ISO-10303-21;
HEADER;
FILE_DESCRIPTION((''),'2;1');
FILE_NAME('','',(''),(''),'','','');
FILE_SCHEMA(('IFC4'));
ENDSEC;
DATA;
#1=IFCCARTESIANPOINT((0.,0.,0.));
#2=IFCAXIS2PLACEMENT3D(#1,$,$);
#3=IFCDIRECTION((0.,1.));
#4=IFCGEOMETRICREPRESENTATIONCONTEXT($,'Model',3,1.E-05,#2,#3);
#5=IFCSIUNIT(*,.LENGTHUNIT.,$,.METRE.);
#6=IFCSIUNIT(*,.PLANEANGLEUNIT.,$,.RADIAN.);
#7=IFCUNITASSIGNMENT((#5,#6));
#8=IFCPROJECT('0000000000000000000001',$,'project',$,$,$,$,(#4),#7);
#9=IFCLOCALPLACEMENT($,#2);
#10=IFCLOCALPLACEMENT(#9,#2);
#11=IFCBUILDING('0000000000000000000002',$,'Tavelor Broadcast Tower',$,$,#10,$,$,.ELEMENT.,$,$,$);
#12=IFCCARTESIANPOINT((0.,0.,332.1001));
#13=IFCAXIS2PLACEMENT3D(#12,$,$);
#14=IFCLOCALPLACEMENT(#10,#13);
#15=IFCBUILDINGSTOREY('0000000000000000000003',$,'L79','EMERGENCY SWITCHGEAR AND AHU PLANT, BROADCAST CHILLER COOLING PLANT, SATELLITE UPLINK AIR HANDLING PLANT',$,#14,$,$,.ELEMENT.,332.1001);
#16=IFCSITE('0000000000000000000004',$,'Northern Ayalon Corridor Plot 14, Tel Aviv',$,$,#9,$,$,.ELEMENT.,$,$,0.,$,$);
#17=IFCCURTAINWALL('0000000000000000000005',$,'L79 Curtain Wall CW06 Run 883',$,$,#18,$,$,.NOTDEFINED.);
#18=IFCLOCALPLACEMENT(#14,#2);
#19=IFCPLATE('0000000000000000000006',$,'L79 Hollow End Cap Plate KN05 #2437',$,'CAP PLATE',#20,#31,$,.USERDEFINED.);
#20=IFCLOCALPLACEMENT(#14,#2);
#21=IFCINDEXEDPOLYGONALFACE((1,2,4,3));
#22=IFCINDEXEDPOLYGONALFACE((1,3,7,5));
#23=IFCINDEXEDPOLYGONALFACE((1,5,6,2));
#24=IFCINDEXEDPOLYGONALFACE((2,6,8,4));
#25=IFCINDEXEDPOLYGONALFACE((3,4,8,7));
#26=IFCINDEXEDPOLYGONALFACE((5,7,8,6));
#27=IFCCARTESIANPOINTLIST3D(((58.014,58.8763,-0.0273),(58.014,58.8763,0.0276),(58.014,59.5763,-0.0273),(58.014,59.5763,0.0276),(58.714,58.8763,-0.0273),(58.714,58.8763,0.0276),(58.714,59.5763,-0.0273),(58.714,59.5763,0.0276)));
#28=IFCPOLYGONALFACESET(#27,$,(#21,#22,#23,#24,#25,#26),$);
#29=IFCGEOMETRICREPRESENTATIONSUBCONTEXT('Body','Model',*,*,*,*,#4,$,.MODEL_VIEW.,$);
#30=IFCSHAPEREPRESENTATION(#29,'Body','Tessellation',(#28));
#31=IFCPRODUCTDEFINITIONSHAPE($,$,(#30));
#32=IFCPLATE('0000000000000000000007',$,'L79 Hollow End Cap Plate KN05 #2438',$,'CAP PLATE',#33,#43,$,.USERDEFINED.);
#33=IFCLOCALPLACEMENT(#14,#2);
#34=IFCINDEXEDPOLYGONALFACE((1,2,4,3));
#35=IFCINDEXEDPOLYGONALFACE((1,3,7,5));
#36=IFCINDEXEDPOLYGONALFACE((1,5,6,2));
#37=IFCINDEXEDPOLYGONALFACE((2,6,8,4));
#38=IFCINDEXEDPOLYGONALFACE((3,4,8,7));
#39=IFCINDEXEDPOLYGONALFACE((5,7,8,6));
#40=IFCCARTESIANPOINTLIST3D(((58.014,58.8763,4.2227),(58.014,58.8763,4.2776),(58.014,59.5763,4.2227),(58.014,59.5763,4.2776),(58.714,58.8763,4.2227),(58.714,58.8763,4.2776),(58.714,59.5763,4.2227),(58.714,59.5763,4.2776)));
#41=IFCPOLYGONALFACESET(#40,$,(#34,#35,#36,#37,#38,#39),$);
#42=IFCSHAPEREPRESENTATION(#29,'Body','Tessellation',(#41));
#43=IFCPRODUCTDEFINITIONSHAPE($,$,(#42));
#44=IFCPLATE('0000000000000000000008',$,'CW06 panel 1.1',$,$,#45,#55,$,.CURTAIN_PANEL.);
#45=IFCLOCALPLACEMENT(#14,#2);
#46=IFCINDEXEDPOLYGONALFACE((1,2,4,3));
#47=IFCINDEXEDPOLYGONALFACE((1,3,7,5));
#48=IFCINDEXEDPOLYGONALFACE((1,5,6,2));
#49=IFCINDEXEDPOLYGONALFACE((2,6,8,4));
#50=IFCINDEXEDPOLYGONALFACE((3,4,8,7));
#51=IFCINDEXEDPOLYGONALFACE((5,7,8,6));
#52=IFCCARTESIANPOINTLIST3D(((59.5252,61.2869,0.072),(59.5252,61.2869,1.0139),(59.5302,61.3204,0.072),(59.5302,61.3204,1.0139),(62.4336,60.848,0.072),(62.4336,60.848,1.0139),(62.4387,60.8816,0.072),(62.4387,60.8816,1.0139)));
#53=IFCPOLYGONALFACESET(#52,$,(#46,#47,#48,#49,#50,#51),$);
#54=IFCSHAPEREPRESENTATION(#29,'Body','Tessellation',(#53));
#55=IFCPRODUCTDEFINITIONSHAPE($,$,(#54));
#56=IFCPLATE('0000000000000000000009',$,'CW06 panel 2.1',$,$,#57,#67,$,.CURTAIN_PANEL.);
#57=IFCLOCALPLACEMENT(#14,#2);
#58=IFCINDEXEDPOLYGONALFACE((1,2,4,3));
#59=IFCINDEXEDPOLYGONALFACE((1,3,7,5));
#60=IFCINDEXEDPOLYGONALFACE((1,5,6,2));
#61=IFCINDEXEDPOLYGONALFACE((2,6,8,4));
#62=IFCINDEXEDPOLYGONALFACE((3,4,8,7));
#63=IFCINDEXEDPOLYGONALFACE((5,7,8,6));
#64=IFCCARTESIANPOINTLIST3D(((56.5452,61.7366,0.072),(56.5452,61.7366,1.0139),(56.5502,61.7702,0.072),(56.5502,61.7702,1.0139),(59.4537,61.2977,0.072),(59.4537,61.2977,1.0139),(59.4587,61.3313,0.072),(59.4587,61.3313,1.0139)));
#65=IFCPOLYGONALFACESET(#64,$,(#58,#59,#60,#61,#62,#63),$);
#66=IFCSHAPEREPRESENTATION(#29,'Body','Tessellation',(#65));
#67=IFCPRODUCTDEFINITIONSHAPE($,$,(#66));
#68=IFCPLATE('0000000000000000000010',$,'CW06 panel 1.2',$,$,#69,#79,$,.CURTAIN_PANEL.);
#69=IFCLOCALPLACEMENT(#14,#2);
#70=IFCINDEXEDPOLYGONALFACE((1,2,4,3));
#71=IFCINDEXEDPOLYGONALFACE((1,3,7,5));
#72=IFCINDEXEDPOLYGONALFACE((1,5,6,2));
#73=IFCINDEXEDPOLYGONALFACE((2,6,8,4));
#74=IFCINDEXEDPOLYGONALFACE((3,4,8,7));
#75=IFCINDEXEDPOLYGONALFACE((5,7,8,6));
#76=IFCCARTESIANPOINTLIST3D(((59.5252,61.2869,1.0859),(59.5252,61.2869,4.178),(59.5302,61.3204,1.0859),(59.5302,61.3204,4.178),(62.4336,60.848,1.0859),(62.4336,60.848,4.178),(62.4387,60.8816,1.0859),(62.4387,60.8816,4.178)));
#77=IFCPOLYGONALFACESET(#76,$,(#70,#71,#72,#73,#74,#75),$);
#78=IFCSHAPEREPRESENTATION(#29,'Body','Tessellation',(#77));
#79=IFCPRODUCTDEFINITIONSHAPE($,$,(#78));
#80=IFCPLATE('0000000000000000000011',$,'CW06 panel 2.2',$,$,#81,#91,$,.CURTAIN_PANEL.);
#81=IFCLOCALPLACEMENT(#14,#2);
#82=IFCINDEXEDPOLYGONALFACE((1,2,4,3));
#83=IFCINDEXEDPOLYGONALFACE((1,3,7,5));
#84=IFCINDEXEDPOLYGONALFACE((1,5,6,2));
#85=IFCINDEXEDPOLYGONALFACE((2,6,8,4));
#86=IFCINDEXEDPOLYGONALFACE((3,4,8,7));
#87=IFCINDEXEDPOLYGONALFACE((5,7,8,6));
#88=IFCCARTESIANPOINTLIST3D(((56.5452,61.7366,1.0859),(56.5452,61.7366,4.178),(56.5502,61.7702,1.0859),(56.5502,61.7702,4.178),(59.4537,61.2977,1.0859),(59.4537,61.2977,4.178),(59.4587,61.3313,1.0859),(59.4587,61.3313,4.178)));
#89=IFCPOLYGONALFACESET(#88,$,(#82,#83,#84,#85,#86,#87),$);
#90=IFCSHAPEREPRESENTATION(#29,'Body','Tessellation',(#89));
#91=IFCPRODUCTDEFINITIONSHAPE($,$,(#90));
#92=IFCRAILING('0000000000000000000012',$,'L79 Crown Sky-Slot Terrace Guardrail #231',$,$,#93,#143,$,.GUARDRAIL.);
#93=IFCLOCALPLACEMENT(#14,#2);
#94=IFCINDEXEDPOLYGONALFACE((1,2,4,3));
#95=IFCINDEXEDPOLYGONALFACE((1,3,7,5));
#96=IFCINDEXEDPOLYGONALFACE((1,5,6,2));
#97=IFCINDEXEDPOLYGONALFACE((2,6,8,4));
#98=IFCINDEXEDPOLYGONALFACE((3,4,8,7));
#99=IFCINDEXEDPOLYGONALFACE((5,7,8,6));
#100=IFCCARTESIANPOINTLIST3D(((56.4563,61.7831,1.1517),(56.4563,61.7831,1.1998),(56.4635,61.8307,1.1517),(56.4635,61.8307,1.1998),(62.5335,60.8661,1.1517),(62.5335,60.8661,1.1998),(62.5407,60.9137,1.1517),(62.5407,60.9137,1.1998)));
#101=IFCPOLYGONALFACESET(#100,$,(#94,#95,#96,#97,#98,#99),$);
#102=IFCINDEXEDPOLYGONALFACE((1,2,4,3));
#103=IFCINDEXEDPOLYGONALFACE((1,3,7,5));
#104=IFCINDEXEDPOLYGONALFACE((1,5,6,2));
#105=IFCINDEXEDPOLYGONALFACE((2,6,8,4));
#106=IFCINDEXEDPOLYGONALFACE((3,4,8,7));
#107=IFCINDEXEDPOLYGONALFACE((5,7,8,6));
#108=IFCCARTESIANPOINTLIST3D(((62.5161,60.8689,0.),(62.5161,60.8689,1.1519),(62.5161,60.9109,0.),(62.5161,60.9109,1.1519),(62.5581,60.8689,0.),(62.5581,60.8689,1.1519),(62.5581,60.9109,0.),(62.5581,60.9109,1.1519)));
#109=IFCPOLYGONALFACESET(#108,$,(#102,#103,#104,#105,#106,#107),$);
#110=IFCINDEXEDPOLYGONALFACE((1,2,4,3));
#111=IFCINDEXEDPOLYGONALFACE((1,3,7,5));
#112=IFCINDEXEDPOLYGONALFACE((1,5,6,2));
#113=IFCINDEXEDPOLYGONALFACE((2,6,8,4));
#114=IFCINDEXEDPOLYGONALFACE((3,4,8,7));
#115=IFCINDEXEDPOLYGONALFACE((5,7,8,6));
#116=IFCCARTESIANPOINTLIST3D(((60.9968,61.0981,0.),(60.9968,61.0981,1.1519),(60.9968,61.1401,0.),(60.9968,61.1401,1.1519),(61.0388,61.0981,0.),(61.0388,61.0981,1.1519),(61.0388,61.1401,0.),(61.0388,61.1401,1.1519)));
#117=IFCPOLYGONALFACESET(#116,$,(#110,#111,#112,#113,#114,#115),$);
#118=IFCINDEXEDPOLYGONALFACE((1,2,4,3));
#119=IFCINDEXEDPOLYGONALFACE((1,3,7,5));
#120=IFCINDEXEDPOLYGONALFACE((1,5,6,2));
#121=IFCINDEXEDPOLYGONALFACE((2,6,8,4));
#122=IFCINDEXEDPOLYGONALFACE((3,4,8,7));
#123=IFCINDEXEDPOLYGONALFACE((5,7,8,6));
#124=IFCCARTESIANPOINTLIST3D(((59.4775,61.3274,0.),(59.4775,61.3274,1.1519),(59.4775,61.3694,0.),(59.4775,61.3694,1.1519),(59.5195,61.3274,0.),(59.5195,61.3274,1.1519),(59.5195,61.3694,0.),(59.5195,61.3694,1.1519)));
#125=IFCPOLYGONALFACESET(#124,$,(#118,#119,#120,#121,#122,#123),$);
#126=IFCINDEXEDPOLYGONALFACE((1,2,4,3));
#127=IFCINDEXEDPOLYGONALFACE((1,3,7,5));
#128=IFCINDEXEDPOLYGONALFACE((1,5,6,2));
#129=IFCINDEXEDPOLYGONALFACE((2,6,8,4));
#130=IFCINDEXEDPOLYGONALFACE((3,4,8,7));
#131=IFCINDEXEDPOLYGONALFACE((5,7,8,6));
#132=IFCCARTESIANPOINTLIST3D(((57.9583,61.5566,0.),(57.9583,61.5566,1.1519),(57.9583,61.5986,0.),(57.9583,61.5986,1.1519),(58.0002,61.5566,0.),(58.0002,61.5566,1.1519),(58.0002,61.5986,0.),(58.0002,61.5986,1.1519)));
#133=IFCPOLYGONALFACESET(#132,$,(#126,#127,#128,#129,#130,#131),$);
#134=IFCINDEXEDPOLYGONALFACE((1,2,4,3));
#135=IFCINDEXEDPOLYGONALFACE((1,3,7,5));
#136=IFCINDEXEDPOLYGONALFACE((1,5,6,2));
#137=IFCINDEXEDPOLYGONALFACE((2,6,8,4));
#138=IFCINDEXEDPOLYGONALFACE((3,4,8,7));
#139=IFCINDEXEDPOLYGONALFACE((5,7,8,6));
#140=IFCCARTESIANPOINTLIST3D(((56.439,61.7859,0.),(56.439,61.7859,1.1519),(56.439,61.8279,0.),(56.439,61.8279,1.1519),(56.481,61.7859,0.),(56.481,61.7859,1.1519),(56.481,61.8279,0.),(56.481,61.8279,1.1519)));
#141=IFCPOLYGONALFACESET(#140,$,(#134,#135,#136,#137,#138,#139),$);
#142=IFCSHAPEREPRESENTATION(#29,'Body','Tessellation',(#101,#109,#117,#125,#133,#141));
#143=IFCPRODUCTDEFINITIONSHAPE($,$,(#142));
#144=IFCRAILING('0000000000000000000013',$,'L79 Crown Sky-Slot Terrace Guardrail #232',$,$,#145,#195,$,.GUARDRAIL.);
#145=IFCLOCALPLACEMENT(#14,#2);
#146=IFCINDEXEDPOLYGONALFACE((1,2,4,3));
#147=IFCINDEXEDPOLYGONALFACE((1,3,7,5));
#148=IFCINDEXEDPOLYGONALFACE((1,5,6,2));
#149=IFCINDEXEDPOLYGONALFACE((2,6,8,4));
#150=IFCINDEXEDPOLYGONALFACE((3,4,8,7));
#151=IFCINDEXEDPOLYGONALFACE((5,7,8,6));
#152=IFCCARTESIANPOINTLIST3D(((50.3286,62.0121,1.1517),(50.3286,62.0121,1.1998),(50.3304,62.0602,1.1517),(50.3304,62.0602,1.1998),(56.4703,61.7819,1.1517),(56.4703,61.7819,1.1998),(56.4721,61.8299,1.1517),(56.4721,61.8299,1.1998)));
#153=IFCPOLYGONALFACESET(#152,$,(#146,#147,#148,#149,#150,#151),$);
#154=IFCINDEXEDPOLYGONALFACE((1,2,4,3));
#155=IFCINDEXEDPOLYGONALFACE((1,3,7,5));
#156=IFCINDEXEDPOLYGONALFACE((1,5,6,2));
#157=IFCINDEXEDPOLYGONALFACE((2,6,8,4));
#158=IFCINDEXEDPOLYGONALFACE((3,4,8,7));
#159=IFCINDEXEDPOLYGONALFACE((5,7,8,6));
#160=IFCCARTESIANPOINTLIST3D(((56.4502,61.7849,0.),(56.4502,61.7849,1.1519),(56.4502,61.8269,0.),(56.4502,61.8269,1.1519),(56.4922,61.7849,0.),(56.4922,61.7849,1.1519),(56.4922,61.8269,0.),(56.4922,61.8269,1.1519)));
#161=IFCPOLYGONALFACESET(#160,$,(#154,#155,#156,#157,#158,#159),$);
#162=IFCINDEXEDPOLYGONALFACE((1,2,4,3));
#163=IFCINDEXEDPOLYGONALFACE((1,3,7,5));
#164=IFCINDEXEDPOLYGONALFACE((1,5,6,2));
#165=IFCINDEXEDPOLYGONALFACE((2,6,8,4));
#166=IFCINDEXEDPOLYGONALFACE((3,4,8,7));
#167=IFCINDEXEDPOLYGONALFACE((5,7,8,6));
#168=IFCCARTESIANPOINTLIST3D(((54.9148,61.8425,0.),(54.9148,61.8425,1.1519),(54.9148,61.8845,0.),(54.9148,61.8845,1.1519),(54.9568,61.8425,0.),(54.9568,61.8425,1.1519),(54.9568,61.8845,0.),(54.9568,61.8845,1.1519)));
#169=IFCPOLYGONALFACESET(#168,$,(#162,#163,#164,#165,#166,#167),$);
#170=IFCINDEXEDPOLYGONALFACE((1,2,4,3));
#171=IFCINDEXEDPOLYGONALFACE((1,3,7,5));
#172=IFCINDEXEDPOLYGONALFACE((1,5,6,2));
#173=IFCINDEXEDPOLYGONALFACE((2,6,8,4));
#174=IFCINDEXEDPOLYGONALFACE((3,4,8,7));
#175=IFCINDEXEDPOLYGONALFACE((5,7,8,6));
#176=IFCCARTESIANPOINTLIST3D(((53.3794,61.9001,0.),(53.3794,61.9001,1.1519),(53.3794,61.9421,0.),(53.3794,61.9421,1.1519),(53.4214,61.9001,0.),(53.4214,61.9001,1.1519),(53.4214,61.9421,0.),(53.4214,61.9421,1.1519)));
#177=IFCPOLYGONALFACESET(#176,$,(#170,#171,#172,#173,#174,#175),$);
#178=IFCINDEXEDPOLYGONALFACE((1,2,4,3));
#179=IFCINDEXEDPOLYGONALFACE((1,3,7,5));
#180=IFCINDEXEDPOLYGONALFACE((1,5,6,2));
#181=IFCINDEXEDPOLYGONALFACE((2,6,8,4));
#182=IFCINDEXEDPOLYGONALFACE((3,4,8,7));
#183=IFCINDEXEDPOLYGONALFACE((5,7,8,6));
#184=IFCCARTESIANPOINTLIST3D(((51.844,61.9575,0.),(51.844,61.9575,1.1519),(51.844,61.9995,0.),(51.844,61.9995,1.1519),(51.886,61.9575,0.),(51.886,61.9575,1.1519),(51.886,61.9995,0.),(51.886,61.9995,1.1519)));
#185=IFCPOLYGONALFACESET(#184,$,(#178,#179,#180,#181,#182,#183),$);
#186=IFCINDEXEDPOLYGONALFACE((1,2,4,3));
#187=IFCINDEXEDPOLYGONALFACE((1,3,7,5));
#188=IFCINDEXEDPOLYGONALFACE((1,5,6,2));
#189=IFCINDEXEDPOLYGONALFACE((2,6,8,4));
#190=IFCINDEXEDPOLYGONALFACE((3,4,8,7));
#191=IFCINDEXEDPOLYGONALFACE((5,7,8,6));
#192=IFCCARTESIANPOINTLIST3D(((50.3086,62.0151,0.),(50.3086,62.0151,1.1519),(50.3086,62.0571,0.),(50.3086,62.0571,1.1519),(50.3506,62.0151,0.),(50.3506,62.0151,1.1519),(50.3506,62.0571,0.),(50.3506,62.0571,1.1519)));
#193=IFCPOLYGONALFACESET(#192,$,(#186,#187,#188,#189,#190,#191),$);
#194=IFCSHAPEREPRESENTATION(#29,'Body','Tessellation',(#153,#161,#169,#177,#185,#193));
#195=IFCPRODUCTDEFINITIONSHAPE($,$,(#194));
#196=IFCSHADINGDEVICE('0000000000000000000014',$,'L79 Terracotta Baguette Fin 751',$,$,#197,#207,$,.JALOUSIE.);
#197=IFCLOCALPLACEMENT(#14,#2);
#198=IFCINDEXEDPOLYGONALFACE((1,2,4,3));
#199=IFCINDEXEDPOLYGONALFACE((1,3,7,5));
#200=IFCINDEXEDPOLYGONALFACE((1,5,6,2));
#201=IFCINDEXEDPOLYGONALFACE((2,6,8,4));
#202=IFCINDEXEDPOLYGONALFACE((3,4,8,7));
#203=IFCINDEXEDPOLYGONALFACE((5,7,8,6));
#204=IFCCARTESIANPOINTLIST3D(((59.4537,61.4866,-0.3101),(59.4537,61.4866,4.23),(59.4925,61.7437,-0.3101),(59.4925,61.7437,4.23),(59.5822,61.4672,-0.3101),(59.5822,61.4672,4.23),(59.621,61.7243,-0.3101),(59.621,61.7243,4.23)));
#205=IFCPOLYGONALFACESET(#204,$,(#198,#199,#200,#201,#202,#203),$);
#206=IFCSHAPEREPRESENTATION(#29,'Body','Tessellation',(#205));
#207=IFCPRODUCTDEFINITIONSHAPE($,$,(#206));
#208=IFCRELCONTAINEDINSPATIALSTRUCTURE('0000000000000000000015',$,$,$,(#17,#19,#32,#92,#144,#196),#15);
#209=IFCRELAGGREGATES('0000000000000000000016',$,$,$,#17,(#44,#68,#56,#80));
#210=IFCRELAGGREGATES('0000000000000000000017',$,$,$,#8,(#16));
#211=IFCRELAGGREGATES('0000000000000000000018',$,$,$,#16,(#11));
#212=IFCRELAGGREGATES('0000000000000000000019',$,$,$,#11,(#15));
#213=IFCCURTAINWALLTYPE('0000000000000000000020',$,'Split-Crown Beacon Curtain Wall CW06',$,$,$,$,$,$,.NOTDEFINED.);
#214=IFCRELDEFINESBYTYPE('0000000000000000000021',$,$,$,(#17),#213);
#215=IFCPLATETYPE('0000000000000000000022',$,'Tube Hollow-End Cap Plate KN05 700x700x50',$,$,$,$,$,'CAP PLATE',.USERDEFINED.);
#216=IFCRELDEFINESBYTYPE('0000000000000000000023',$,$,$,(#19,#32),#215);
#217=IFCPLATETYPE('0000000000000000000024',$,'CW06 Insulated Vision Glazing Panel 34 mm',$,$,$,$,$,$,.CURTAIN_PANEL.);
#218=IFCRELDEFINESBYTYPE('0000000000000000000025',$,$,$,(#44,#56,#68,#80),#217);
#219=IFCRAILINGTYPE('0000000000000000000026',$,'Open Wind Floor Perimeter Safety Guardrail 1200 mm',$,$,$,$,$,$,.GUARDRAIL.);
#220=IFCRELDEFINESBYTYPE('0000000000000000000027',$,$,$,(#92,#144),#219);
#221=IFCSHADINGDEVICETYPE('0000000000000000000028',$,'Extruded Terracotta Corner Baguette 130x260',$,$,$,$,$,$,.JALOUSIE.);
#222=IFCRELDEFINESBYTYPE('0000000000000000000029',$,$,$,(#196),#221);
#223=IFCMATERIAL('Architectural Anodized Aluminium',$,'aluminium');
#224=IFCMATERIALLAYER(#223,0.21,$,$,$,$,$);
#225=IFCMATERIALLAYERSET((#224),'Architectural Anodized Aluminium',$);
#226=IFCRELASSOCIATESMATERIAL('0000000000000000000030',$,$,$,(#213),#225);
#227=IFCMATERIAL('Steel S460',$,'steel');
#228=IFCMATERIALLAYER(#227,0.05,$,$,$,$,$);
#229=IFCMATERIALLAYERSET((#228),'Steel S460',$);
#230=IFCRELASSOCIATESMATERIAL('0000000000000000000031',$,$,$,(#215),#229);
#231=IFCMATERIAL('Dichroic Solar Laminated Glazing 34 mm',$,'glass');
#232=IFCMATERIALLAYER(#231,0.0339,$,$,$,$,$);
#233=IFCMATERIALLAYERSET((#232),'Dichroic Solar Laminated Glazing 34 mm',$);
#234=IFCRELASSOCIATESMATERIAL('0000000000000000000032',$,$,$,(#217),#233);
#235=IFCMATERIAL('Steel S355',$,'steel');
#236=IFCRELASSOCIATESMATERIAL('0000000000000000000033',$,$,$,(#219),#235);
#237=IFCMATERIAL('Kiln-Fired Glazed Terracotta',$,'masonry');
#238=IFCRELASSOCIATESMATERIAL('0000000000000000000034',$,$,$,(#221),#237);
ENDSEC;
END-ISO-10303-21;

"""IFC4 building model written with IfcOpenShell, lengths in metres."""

from ifc_helpers import new_model, si_unit, direction, frame, origin, origin_2d, place, context, subcontext, project, spatial, rectangle, extrude, source, transform, mapped, material, layer, layer_set, type_object, type_shapes, element, aggregate, save


model = new_model("IFC4")

# Units and contexts
model_context = context("Model", 3, precision=1e-05, world=origin(), true_north=direction((0.0, 1.0)))
body_context = subcontext(model_context, "Body", "Model", "MODEL_VIEW")
ifc_project = project(units=[si_unit("LENGTHUNIT", "METRE"), si_unit("PLANEANGLEUNIT", "RADIAN")], contexts=[model_context])

# Site, building, storey
site_placement = place(None, origin())
site = spatial("IfcSite", under=ifc_project, at=site_placement, Name="Northern Ayalon Corridor Plot 14, Tel Aviv", CompositionType="ELEMENT", RefElevation=0.0)
building_placement = place(site_placement, origin())
building = spatial("IfcBuilding", under=site, at=building_placement, Name="Tavelor Broadcast Tower", CompositionType="ELEMENT")
storey_placement = place(building_placement, frame((0.0, 0.0, 332.1001)))
storey = spatial("IfcBuildingStorey", under=building, at=storey_placement, Name="L79", Description="EMERGENCY SWITCHGEAR AND AHU PLANT, BROADCAST CHILLER COOLING PLANT, SATELLITE UPLINK AIR HANDLING PLANT", CompositionType="ELEMENT", Elevation=332.1001)

# Shared definitions
ifc_material_1 = material(Name="Steel S355", Category="steel")

# Curtain wall
ifc_material_2 = material(Name="Architectural Anodized Aluminium", Category="aluminium")
ifc_layer_1 = layer(ifc_material_2, 0.21)
ifc_layer_set_1 = layer_set([ifc_layer_1], Name="Architectural Anodized Aluminium")
curtain_wall_type = type_object("IfcCurtainWallType", Name="Split-Crown Beacon Curtain Wall CW06", PredefinedType="NOTDEFINED", material=ifc_layer_set_1)
curtain_wall_1_placement = place(storey_placement, origin())
curtain_wall_1 = element("IfcCurtainWall", 1, at=curtain_wall_1_placement, inside=storey, type_object=curtain_wall_type, Name="L79 Curtain Wall CW06 Run 883", PredefinedType="NOTDEFINED")

# Plates
ifc_material_3 = material(Name="Steel S460", Category="steel")
ifc_layer_2 = layer(ifc_material_3, 0.05)
ifc_layer_set_2 = layer_set([ifc_layer_2], Name="Steel S460")
plate_type_1 = type_object("IfcPlateType", Name="Tube Hollow-End Cap Plate KN05 700x700x50", ElementType="CAP PLATE", PredefinedType="USERDEFINED", material=ifc_layer_set_2)
shared_shape_1 = source(origin(), body_context, "Body", "SweptSolid", [
    extrude(rectangle(XDim=0.7, YDim=0.7, at=origin_2d()), origin(), (0.0, 0.0, 1.0), 0.0549),
])
type_shapes(plate_type_1, [shared_shape_1])
for number, where, z_axis, x_axis, name in (
    (2, (58.364, 59.2263, -0.0273), (0.0, 0.0, 1.0), (1.0, 0.0, 0.0), "L79 Hollow End Cap Plate KN05 #2437"),
    (3, (58.364, 59.2263, 4.2227), (0.0, 0.0, 1.0), (1.0, 0.0, 0.0), "L79 Hollow End Cap Plate KN05 #2438"),
):
    element("IfcPlate", number, at=place(storey_placement, frame(where, z_axis=z_axis, x_axis=x_axis)), inside=storey, type_object=plate_type_1, Name=name, ObjectType="CAP PLATE", PredefinedType="USERDEFINED", context=body_context, shape_type="MappedRepresentation", body=[
        mapped(shared_shape_1, transform((0.0, 0.0, 0.0), scale=1.0)),
    ])

# Plates
ifc_material_4 = material(Name="Dichroic Solar Laminated Glazing 34 mm", Category="glass")
ifc_layer_3 = layer(ifc_material_4, 0.0339)
ifc_layer_set_3 = layer_set([ifc_layer_3], Name="Dichroic Solar Laminated Glazing 34 mm")
plate_type_2 = type_object("IfcPlateType", Name="CW06 Insulated Vision Glazing Panel 34 mm", PredefinedType="CURTAIN_PANEL", material=ifc_layer_set_3)
shared_shape_2 = source(origin(), body_context, "Body", "SweptSolid", [
    extrude(rectangle(XDim=2.9414, YDim=0.0339, at=origin_2d()), origin(), (0.0, 0.0, 1.0), 0.9419),
])
plate_1_placement = place(storey_placement, frame((60.9819, 61.0842, 0.072), z_axis=(0.0, 0.0, 1.0), x_axis=(-0.988806, 0.149206, 0.0)))
plate_1 = element("IfcPlate", 4, at=plate_1_placement, type_object=plate_type_2, Name="CW06 panel 1.1", PredefinedType="CURTAIN_PANEL", context=body_context, shape_type="MappedRepresentation", body=[
    mapped(shared_shape_2, transform((0.0, 0.0, 0.0), scale=1.0)),
])
plate_2_placement = place(storey_placement, frame((58.002, 61.5339, 0.072), z_axis=(0.0, 0.0, 1.0), x_axis=(-0.988806, 0.149206, 0.0)))
plate_2 = element("IfcPlate", 5, at=plate_2_placement, type_object=plate_type_2, Name="CW06 panel 2.1", PredefinedType="CURTAIN_PANEL", context=body_context, shape_type="MappedRepresentation", body=[
    mapped(shared_shape_2, transform((0.0, 0.0, 0.0), scale=1.0)),
])
shared_shape_3 = source(origin(), body_context, "Body", "SweptSolid", [
    extrude(rectangle(XDim=2.9414, YDim=0.0339, at=origin_2d()), origin(), (0.0, 0.0, 1.0), 3.092),
])
type_shapes(plate_type_2, [shared_shape_2, shared_shape_3])
plate_3_placement = place(storey_placement, frame((60.9819, 61.0842, 1.0859), z_axis=(0.0, 0.0, 1.0), x_axis=(-0.988806, 0.149206, 0.0)))
plate_3 = element("IfcPlate", 6, at=plate_3_placement, type_object=plate_type_2, Name="CW06 panel 1.2", PredefinedType="CURTAIN_PANEL", context=body_context, shape_type="MappedRepresentation", body=[
    mapped(shared_shape_3, transform((0.0, 0.0, 0.0), scale=1.0)),
])
plate_4_placement = place(storey_placement, frame((58.002, 61.5339, 1.0859), z_axis=(0.0, 0.0, 1.0), x_axis=(-0.988806, 0.149206, 0.0)))
plate_4 = element("IfcPlate", 7, at=plate_4_placement, type_object=plate_type_2, Name="CW06 panel 2.2", PredefinedType="CURTAIN_PANEL", context=body_context, shape_type="MappedRepresentation", body=[
    mapped(shared_shape_3, transform((0.0, 0.0, 0.0), scale=1.0)),
])
aggregate(curtain_wall_1, [plate_1, plate_3, plate_2, plate_4])

# Railings
railing_type = type_object("IfcRailingType", Name="Open Wind Floor Perimeter Safety Guardrail 1200 mm", PredefinedType="GUARDRAIL", material=ifc_material_1)
railing_1_placement = place(storey_placement, frame((62.5371, 60.8899, 0.0)))
element("IfcRailing", 8, at=railing_1_placement, inside=storey, type_object=railing_type, Name="L79 Crown Sky-Slot Terrace Guardrail #231", PredefinedType="GUARDRAIL", context=body_context, shape_type="SweptSolid", body=[
    extrude(rectangle(XDim=0.0481, YDim=0.0481, at=origin_2d()), frame((0.0, 0.0, 1.1758), z_axis=(-0.988807, 0.149203, 0.0), x_axis=(-0.149203, -0.988807, 0.0)), (0.0, 0.0, 1.0), 6.146),
    extrude(rectangle(XDim=0.042, YDim=0.042, at=origin_2d()), origin(), (0.0, 0.0, 1.0), 1.1519),
    extrude(rectangle(XDim=0.042, YDim=0.042, at=origin_2d()), frame((-1.5193, 0.2292, 0.0)), (0.0, 0.0, 1.0), 1.1519),
    extrude(rectangle(XDim=0.042, YDim=0.042, at=origin_2d()), frame((-3.0386, 0.4585, 0.0)), (0.0, 0.0, 1.0), 1.1519),
    extrude(rectangle(XDim=0.042, YDim=0.042, at=origin_2d()), frame((-4.5579, 0.6877, 0.0)), (0.0, 0.0, 1.0), 1.1519),
    extrude(rectangle(XDim=0.042, YDim=0.042, at=origin_2d()), frame((-6.0771, 0.917, 0.0)), (0.0, 0.0, 1.0), 1.1519),
])
railing_2_placement = place(storey_placement, frame((56.4712, 61.8059, 0.0)))
element("IfcRailing", 9, at=railing_2_placement, inside=storey, type_object=railing_type, Name="L79 Crown Sky-Slot Terrace Guardrail #232", PredefinedType="GUARDRAIL", context=body_context, shape_type="SweptSolid", body=[
    extrude(rectangle(XDim=0.0481, YDim=0.0481, at=origin_2d()), frame((0.0, 0.0, 1.1758), z_axis=(-0.999298, 0.03746, 0.0), x_axis=(-0.03746, -0.999298, 0.0)), (0.0, 0.0, 1.0), 6.146),
    extrude(rectangle(XDim=0.042, YDim=0.042, at=origin_2d()), origin(), (0.0, 0.0, 1.0), 1.1519),
    extrude(rectangle(XDim=0.042, YDim=0.042, at=origin_2d()), frame((-1.5354, 0.0576, 0.0)), (0.0, 0.0, 1.0), 1.1519),
    extrude(rectangle(XDim=0.042, YDim=0.042, at=origin_2d()), frame((-3.0708, 0.1152, 0.0)), (0.0, 0.0, 1.0), 1.1519),
    extrude(rectangle(XDim=0.042, YDim=0.042, at=origin_2d()), frame((-4.6062, 0.1726, 0.0)), (0.0, 0.0, 1.0), 1.1519),
    extrude(rectangle(XDim=0.042, YDim=0.042, at=origin_2d()), frame((-6.1416, 0.2302, 0.0)), (0.0, 0.0, 1.0), 1.1519),
])

# Shading device
ifc_material_5 = material(Name="Kiln-Fired Glazed Terracotta", Category="masonry")
shading_device_type = type_object("IfcShadingDeviceType", Name="Extruded Terracotta Corner Baguette 130x260", PredefinedType="JALOUSIE", material=ifc_material_5)
shared_shape_4 = source(origin(), body_context, "Body", "SweptSolid", [
    extrude(rectangle(XDim=0.1299, YDim=0.26, at=origin_2d()), origin(), (0.0, 0.0, 1.0), 4.54),
])
type_shapes(shading_device_type, [shared_shape_4])
shading_device_placement = place(storey_placement, frame((59.5374, 61.6055, -0.3101), z_axis=(0.0, 0.0, 1.0), x_axis=(-0.988809, 0.14919, 0.0)))
element("IfcShadingDevice", 10, at=shading_device_placement, inside=storey, type_object=shading_device_type, Name="L79 Terracotta Baguette Fin 751", PredefinedType="JALOUSIE", context=body_context, shape_type="MappedRepresentation", body=[
    mapped(shared_shape_4, transform((0.0, 0.0, 0.0), scale=1.0)),
])

save(model, "model.ifc")
